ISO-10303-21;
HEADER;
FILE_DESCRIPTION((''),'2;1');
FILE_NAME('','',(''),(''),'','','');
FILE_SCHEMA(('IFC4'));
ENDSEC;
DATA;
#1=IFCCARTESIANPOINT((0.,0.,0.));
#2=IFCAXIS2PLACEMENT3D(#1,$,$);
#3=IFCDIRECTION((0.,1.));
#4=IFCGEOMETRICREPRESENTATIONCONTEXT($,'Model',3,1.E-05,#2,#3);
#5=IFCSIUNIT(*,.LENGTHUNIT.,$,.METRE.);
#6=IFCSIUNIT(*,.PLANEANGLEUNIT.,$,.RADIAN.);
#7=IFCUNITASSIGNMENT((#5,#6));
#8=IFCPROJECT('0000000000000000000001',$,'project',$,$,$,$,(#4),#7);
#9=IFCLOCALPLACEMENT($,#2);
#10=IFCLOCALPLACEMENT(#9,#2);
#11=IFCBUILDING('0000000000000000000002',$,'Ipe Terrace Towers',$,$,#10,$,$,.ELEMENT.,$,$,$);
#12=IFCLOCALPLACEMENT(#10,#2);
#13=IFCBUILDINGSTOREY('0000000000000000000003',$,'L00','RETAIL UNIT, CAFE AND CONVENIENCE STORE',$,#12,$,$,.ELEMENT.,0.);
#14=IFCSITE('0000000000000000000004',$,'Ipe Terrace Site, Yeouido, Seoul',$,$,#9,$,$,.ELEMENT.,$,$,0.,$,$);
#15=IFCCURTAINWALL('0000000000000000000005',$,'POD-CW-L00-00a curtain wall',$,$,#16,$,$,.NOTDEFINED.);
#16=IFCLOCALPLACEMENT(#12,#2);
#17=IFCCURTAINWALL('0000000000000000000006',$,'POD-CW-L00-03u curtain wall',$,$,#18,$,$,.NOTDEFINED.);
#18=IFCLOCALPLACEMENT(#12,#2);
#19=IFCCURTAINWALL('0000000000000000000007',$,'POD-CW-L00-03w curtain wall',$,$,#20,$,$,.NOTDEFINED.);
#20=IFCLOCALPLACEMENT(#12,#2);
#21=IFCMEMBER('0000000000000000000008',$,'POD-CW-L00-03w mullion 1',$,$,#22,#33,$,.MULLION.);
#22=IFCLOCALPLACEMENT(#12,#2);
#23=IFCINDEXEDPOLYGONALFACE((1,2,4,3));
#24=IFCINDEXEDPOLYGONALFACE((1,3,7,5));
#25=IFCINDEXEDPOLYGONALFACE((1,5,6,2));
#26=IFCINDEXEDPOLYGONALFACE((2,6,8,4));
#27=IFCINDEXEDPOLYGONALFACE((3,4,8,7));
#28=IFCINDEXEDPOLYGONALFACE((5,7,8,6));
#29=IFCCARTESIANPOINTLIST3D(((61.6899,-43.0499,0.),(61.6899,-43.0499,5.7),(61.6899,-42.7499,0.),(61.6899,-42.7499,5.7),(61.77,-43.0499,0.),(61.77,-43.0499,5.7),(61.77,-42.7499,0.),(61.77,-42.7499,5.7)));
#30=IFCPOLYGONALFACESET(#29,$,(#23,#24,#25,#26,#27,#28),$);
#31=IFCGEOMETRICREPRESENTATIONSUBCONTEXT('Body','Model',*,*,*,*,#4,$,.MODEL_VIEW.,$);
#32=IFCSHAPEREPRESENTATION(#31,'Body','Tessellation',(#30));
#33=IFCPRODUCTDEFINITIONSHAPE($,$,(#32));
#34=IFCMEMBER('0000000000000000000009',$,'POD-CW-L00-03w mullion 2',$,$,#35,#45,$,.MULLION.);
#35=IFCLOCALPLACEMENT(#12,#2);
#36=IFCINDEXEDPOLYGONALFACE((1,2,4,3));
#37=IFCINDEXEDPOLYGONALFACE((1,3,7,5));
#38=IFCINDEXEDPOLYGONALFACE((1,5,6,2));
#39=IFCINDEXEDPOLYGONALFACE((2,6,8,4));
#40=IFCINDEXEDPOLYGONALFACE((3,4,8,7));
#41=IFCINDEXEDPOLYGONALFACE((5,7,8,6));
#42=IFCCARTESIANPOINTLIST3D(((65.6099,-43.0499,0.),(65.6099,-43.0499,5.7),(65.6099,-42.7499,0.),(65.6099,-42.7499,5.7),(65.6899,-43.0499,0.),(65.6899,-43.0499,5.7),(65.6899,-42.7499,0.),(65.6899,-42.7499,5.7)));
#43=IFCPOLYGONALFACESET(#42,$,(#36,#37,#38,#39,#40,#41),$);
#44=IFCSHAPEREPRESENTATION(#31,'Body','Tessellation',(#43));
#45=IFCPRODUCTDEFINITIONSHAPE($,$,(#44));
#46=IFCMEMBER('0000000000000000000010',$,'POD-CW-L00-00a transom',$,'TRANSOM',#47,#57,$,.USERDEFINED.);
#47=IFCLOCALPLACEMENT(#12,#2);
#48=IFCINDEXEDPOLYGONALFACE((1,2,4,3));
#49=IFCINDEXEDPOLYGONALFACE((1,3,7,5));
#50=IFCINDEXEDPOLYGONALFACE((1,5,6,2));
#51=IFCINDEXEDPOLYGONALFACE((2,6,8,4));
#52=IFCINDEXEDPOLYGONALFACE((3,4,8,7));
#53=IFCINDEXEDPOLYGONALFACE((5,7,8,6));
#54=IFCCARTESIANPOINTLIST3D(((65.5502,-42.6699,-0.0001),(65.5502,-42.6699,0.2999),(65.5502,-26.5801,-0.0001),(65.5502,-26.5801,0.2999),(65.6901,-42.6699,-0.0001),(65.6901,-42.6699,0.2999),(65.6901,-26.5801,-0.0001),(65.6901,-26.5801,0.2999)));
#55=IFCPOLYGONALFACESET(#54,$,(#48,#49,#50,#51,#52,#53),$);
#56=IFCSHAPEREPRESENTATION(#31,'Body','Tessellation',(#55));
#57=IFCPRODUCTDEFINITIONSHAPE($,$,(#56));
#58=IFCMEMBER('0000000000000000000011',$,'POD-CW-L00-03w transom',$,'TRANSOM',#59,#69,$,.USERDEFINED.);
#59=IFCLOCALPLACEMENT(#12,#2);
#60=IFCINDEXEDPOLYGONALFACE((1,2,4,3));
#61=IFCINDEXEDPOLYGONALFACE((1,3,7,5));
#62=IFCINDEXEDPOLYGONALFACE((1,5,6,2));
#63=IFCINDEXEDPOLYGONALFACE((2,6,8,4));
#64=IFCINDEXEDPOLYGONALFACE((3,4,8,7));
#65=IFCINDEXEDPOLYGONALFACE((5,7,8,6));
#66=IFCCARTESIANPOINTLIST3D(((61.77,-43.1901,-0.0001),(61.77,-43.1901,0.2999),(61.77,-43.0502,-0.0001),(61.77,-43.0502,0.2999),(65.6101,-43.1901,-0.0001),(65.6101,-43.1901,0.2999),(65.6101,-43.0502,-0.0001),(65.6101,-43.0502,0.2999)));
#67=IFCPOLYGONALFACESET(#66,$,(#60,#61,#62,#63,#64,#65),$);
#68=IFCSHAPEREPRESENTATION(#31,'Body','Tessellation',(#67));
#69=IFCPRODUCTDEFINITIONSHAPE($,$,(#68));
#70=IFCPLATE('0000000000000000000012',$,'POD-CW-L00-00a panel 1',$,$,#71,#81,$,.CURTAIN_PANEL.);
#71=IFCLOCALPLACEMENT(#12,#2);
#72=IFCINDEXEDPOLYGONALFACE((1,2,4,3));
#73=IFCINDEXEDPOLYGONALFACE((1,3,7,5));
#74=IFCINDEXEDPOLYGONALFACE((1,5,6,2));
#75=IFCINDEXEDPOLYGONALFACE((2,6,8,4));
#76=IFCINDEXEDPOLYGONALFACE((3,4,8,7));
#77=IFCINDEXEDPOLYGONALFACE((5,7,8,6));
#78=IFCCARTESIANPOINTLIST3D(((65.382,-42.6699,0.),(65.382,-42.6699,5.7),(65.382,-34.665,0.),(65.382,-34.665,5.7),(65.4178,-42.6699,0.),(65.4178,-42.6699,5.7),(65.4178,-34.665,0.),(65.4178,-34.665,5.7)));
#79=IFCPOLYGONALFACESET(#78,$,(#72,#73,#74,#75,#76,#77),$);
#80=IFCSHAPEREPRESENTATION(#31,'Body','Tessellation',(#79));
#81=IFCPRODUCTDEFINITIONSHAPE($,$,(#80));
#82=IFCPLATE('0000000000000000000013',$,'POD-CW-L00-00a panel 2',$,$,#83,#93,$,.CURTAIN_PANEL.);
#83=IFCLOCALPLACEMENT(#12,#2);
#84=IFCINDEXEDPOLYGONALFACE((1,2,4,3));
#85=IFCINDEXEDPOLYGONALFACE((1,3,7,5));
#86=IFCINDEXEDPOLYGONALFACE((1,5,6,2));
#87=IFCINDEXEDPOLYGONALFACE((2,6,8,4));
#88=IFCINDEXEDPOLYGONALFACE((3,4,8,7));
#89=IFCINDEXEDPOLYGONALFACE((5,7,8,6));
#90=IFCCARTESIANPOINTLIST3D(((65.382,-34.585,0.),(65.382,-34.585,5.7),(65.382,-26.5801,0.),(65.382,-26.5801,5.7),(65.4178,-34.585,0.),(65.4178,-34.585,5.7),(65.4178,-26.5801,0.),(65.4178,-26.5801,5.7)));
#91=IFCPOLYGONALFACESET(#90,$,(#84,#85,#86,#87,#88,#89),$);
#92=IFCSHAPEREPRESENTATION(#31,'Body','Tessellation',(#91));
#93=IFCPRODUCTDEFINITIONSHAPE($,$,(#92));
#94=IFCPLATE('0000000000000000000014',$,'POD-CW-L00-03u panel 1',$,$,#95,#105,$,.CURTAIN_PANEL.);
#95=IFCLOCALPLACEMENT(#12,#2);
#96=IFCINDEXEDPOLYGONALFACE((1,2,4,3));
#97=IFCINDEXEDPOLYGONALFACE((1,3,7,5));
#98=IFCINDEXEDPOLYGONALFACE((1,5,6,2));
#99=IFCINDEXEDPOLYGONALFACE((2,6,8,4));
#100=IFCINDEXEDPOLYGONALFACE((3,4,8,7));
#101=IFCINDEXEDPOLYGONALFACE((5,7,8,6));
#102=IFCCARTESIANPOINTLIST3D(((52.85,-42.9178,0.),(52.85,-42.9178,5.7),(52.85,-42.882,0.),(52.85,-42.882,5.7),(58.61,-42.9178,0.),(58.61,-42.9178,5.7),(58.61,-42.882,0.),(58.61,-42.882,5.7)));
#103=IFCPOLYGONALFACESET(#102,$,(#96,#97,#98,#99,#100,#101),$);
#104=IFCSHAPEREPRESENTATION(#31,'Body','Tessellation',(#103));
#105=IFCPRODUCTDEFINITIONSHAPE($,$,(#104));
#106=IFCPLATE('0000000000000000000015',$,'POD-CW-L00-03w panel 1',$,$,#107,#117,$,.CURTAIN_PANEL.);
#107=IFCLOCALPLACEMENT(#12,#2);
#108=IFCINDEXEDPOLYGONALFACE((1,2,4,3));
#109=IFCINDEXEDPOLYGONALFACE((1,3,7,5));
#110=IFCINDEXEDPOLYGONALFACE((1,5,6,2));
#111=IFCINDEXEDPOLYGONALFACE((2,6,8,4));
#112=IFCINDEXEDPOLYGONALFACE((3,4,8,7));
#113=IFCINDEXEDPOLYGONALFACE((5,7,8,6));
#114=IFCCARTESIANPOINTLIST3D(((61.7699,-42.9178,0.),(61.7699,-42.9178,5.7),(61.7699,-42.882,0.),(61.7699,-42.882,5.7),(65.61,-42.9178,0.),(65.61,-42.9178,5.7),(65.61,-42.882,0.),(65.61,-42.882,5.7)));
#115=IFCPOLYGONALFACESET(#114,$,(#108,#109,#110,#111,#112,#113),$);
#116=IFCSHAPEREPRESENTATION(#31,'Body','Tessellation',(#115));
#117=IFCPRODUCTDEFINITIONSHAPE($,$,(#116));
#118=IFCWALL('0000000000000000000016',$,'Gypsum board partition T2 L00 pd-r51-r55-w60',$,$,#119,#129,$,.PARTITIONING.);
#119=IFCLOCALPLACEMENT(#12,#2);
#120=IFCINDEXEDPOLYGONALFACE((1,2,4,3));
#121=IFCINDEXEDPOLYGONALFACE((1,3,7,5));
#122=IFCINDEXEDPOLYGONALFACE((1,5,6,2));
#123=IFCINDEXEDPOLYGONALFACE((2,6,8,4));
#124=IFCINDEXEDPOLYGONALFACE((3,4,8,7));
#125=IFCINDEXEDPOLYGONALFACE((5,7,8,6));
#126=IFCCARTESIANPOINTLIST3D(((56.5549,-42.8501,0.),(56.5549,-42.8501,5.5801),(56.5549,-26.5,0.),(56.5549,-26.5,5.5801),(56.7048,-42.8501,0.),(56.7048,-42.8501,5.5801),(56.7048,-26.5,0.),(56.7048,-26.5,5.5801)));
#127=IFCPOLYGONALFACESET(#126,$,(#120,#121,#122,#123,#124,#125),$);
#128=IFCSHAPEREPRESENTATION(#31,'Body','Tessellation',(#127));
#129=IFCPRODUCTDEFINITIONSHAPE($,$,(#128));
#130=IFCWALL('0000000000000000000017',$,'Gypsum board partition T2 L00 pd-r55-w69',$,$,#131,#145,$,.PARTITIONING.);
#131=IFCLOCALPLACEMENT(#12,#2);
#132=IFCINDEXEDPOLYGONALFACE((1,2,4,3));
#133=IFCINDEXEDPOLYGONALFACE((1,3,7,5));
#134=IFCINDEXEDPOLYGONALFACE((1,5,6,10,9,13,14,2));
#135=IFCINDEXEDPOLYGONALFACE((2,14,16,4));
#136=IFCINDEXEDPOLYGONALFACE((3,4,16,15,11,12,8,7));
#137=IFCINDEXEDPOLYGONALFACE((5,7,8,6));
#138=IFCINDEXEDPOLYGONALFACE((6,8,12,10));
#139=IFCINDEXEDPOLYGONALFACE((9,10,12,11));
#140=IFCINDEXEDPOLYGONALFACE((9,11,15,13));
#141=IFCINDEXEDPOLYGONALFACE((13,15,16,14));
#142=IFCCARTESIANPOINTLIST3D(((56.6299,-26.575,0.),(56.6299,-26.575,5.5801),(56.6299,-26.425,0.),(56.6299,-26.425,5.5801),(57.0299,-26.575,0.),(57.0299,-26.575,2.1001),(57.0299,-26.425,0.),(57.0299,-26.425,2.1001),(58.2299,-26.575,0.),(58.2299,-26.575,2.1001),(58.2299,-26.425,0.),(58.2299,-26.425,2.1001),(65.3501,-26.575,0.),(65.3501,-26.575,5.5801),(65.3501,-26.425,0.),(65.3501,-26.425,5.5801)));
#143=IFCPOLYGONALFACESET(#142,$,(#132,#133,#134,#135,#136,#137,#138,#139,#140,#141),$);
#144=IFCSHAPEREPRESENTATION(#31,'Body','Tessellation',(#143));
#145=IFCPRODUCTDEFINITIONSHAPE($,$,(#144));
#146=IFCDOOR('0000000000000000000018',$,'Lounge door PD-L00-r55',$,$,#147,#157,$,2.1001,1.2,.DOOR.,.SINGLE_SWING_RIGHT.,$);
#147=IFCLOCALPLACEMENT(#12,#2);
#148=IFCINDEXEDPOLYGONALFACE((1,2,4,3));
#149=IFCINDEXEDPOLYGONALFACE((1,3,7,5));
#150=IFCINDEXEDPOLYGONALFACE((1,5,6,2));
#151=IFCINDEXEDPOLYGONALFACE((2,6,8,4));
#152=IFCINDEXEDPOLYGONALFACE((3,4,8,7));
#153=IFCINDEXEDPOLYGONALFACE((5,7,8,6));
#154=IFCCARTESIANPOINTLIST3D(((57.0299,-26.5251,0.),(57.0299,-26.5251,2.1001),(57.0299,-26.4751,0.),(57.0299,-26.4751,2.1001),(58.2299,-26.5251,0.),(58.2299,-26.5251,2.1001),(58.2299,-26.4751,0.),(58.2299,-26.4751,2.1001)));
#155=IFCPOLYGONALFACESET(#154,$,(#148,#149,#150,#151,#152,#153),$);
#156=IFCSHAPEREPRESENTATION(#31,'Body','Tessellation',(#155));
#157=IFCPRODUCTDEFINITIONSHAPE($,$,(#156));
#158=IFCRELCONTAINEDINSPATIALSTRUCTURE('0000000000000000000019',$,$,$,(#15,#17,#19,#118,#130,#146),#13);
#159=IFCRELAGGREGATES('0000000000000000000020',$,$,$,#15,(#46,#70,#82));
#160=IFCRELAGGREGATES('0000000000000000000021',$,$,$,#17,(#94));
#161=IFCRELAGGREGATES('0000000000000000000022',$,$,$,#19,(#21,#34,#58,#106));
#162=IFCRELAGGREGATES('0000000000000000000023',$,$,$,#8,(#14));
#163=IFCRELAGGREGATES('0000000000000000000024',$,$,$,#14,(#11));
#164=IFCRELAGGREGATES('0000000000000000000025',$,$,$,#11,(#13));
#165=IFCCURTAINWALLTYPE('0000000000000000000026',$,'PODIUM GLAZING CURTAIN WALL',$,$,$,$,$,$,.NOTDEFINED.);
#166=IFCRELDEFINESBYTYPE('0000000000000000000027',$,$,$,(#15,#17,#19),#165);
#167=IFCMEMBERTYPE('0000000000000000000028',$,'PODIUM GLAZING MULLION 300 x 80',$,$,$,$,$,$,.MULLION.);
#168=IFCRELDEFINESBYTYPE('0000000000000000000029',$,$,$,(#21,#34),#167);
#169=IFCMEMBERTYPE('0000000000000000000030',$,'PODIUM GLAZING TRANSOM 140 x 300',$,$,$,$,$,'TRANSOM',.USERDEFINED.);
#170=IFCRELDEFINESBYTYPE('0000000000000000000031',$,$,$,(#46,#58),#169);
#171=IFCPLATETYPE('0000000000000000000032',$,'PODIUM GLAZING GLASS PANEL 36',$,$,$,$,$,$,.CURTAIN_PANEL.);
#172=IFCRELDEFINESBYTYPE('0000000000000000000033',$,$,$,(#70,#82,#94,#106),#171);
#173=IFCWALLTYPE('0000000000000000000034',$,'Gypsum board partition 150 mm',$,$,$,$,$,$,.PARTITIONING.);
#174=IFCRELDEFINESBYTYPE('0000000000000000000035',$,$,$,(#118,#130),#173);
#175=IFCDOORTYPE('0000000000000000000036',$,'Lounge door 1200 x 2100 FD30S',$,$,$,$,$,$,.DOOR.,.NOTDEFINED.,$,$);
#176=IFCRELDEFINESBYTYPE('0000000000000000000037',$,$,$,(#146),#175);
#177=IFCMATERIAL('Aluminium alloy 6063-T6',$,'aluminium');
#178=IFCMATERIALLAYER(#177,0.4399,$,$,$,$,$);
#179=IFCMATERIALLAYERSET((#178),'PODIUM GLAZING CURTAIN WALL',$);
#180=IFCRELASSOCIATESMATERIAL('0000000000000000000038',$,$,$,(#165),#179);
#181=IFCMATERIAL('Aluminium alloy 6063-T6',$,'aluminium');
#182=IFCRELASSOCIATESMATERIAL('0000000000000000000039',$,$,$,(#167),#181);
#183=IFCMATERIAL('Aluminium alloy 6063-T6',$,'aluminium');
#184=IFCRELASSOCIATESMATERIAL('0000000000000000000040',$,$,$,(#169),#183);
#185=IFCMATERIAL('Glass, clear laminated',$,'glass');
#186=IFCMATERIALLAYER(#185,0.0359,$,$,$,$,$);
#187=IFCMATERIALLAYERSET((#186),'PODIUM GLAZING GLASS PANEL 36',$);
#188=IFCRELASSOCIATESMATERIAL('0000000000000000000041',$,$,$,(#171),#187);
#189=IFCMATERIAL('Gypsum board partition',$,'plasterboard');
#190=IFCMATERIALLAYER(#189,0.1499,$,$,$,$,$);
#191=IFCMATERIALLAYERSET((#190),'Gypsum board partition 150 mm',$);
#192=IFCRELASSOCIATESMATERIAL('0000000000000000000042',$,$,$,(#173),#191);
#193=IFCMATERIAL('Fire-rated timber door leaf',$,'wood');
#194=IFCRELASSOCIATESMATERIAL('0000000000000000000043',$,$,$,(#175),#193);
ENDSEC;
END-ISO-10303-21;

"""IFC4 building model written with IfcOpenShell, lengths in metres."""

from ifc_helpers import new_model, si_unit, direction, frame, frame_2d, origin, origin_2d, place, context, subcontext, project, spatial, rectangle, extrude, material, layer, layer_set, material_profile, profile_set, type_object, element, fill, aggregate, save


model = new_model("IFC4")

# Units and contexts
model_context = context("Model", 3, precision=1e-05, world=origin(), true_north=direction((0.0, 1.0)))
body_context = subcontext(model_context, "Body", "Model", "MODEL_VIEW")
ifc_project = project(units=[si_unit("LENGTHUNIT", "METRE"), si_unit("PLANEANGLEUNIT", "RADIAN")], contexts=[model_context])

# Site, building, storey
site_placement = place(None, origin())
site = spatial("IfcSite", under=ifc_project, at=site_placement, Name="Ipe Terrace Site, Yeouido, Seoul", CompositionType="ELEMENT", RefElevation=0.0)
building_placement = place(site_placement, origin())
building = spatial("IfcBuilding", under=site, at=building_placement, Name="Ipe Terrace Towers", CompositionType="ELEMENT")
storey_placement = place(building_placement, origin())
storey = spatial("IfcBuildingStorey", under=building, at=storey_placement, Name="L00", Description="RETAIL UNIT, CAFE AND CONVENIENCE STORE", CompositionType="ELEMENT", Elevation=0.0)

# Curtain wall
ifc_material_1 = material(Name="Aluminium alloy 6063-T6", Category="aluminium")
ifc_layer_1 = layer(ifc_material_1, 0.4399)
ifc_layer_set_1 = layer_set([ifc_layer_1], Name="PODIUM GLAZING CURTAIN WALL")
curtain_wall_type = type_object("IfcCurtainWallType", Name="PODIUM GLAZING CURTAIN WALL", PredefinedType="NOTDEFINED", material=ifc_layer_set_1)
curtain_wall_1_placement = place(storey_placement, origin())
curtain_wall_1 = element("IfcCurtainWall", 1, at=curtain_wall_1_placement, inside=storey, type_object=curtain_wall_type, Name="POD-CW-L00-00a curtain wall", PredefinedType="NOTDEFINED")
ifc_material_2 = material(Name="Aluminium alloy 6063-T6", Category="aluminium")
ifc_material_profile_1 = material_profile(ifc_material_2, rectangle(XDim=0.3, YDim=0.0801, at=origin_2d()), Name="PODIUM GLAZING MULLION 300 x 80")
ifc_profile_set_1 = profile_set([ifc_material_profile_1], Name="Aluminium alloy 6063-T6")
member_type_1 = type_object("IfcMemberType", Name="PODIUM GLAZING MULLION 300 x 80", PredefinedType="MULLION", material=ifc_profile_set_1)

# Curtain wall
curtain_wall_2_placement = place(storey_placement, origin())
curtain_wall_2 = element("IfcCurtainWall", 2, at=curtain_wall_2_placement, inside=storey, type_object=curtain_wall_type, Name="POD-CW-L00-03u curtain wall", PredefinedType="NOTDEFINED")

# Curtain wall, members
curtain_wall_3_placement = place(storey_placement, origin())
curtain_wall_3 = element("IfcCurtainWall", 3, at=curtain_wall_3_placement, inside=storey, type_object=curtain_wall_type, Name="POD-CW-L00-03w curtain wall", PredefinedType="NOTDEFINED")
member_1_placement = place(storey_placement, frame((61.73, -42.8999, 0.0), z_axis=(0.0, 0.0, 1.0), x_axis=(0.0, -1.0, 0.0)))
member_1 = element("IfcMember", 4, at=member_1_placement, type_object=member_type_1, Name="POD-CW-L00-03w mullion 1", PredefinedType="MULLION", context=body_context, shape_type="SweptSolid", body=[
    extrude(rectangle(XDim=0.3, YDim=0.0801, at=origin_2d()), origin(), (0.0, 0.0, 1.0), 5.7),
])
member_2_placement = place(storey_placement, frame((65.6499, -42.8999, 0.0), z_axis=(0.0, 0.0, 1.0), x_axis=(0.0, -1.0, 0.0)))
member_2 = element("IfcMember", 5, at=member_2_placement, type_object=member_type_1, Name="POD-CW-L00-03w mullion 2", PredefinedType="MULLION", context=body_context, shape_type="SweptSolid", body=[
    extrude(rectangle(XDim=0.3, YDim=0.0801, at=origin_2d()), origin(), (0.0, 0.0, 1.0), 5.7),
])

# Members
ifc_material_3 = material(Name="Aluminium alloy 6063-T6", Category="aluminium")
ifc_material_profile_2 = material_profile(ifc_material_3, rectangle(XDim=0.1399, YDim=0.3, at=origin_2d()), Name="PODIUM GLAZING TRANSOM 140 x 300")
ifc_profile_set_2 = profile_set([ifc_material_profile_2], Name="Aluminium alloy 6063-T6")
member_type_2 = type_object("IfcMemberType", Name="PODIUM GLAZING TRANSOM 140 x 300", ElementType="TRANSOM", PredefinedType="USERDEFINED", material=ifc_profile_set_2)
member_3_placement = place(storey_placement, frame((65.6201, -42.6699, 0.1499), z_axis=(0.0, 1.0, 0.0), x_axis=(1.0, 0.0, 0.0)))
member_3 = element("IfcMember", 6, at=member_3_placement, type_object=member_type_2, Name="POD-CW-L00-00a transom", ObjectType="TRANSOM", PredefinedType="USERDEFINED", context=body_context, shape_type="SweptSolid", body=[
    extrude(rectangle(XDim=0.1399, YDim=0.3, at=origin_2d()), origin(), (0.0, 0.0, 1.0), 16.0898),
])
member_4_placement = place(storey_placement, frame((61.77, -43.1201, 0.1499), z_axis=(1.0, 0.0, 0.0), x_axis=(0.0, -1.0, 0.0)))
member_4 = element("IfcMember", 7, at=member_4_placement, type_object=member_type_2, Name="POD-CW-L00-03w transom", ObjectType="TRANSOM", PredefinedType="USERDEFINED", context=body_context, shape_type="SweptSolid", body=[
    extrude(rectangle(XDim=0.1399, YDim=0.3, at=origin_2d()), origin(), (0.0, 0.0, 1.0), 3.8401),
])

# Plates
ifc_material_4 = material(Name="Glass, clear laminated", Category="glass")
ifc_layer_2 = layer(ifc_material_4, 0.0359)
ifc_layer_set_2 = layer_set([ifc_layer_2], Name="PODIUM GLAZING GLASS PANEL 36")
plate_type = type_object("IfcPlateType", Name="PODIUM GLAZING GLASS PANEL 36", PredefinedType="CURTAIN_PANEL", material=ifc_layer_set_2)
plate_1_placement = place(storey_placement, frame((65.3999, -38.6675, 0.0), z_axis=(0.0, 0.0, 1.0), x_axis=(0.0, 1.0, 0.0)))
plate_1 = element("IfcPlate", 8, at=plate_1_placement, type_object=plate_type, Name="POD-CW-L00-00a panel 1", PredefinedType="CURTAIN_PANEL", context=body_context, shape_type="SweptSolid", body=[
    extrude(rectangle(XDim=8.0049, YDim=0.0359, at=origin_2d()), origin(), (0.0, 0.0, 1.0), 5.7),
])
plate_2_placement = place(storey_placement, frame((65.3999, -30.5825, 0.0), z_axis=(0.0, 0.0, 1.0), x_axis=(0.0, 1.0, 0.0)))
plate_2 = element("IfcPlate", 9, at=plate_2_placement, type_object=plate_type, Name="POD-CW-L00-00a panel 2", PredefinedType="CURTAIN_PANEL", context=body_context, shape_type="SweptSolid", body=[
    extrude(rectangle(XDim=8.0049, YDim=0.0359, at=origin_2d()), origin(), (0.0, 0.0, 1.0), 5.7),
])
aggregate(curtain_wall_1, [member_3, plate_1, plate_2])
plate_3_placement = place(storey_placement, frame((55.73, -42.8999, 0.0), z_axis=(0.0, 0.0, 1.0), x_axis=(1.0, 0.0, 0.0)))
plate_3 = element("IfcPlate", 10, at=plate_3_placement, type_object=plate_type, Name="POD-CW-L00-03u panel 1", PredefinedType="CURTAIN_PANEL", context=body_context, shape_type="SweptSolid", body=[
    extrude(rectangle(XDim=5.76, YDim=0.0359, at=origin_2d()), origin(), (0.0, 0.0, 1.0), 5.7),
])
aggregate(curtain_wall_2, [plate_3])
plate_4_placement = place(storey_placement, frame((63.6899, -42.8999, 0.0), z_axis=(0.0, 0.0, 1.0), x_axis=(1.0, 0.0, 0.0)))
plate_4 = element("IfcPlate", 11, at=plate_4_placement, type_object=plate_type, Name="POD-CW-L00-03w panel 1", PredefinedType="CURTAIN_PANEL", context=body_context, shape_type="SweptSolid", body=[
    extrude(rectangle(XDim=3.8401, YDim=0.0359, at=origin_2d()), origin(), (0.0, 0.0, 1.0), 5.7),
])
aggregate(curtain_wall_3, [member_1, member_2, member_4, plate_4])

# Wall
ifc_material_5 = material(Name="Gypsum board partition", Category="plasterboard")
ifc_layer_3 = layer(ifc_material_5, 0.1499)
ifc_layer_set_3 = layer_set([ifc_layer_3], Name="Gypsum board partition 150 mm")
wall_type_1 = type_object("IfcWallType", Name="Gypsum board partition 150 mm", PredefinedType="PARTITIONING", material=ifc_layer_set_3)
wall_1_placement = place(storey_placement, frame((56.6299, -26.5, 0.0), z_axis=(0.0, 0.0, 1.0), x_axis=(0.0, -1.0, 0.0)))
element("IfcWall", 12, at=wall_1_placement, inside=storey, type_object=wall_type_1, Name="Gypsum board partition T2 L00 pd-r51-r55-w60", PredefinedType="PARTITIONING", context=body_context, shape_type="SweptSolid", body=[
    extrude(rectangle(XDim=16.3501, YDim=0.1499, at=frame_2d((8.175, 0.0))), origin(), (0.0, 0.0, 1.0), 5.5801),
])

# Wall, opening, door
wall_2_placement = place(storey_placement, frame((56.6299, -26.5, 0.0), z_axis=(0.0, 0.0, 1.0), x_axis=(1.0, 0.0, 0.0)))
wall_2 = element("IfcWall", 13, at=wall_2_placement, inside=storey, type_object=wall_type_1, Name="Gypsum board partition T2 L00 pd-r55-w69", PredefinedType="PARTITIONING", context=body_context, shape_type="SweptSolid", body=[
    extrude(rectangle(XDim=8.7202, YDim=0.1499, at=frame_2d((4.3601, 0.0))), origin(), (0.0, 0.0, 1.0), 5.5801),
])
opening_1_placement = place(wall_2_placement, frame((0.3999, 0.0, 0.0)))
opening_1 = element("IfcOpeningElement", 14, at=opening_1_placement, cuts=wall_2, PredefinedType="OPENING", context=body_context, shape_type="SweptSolid", body=[
    extrude(rectangle(XDim=1.2, YDim=2.1001, at=frame_2d((0.6001, 1.05))), frame((0.0, 0.085, 0.0), z_axis=(0.0, -1.0, 0.0), x_axis=(1.0, 0.0, 0.0)), (0.0, 0.0, 1.0), 0.1699),
])
ifc_material_6 = material(Name="Fire-rated timber door leaf", Category="wood")
door_type_1 = type_object("IfcDoorType", Name="Lounge door 1200 x 2100 FD30S", OperationType="NOTDEFINED", PredefinedType="DOOR", material=ifc_material_6)
door_1_placement = place(opening_1_placement, origin())
door_1 = element("IfcDoor", 15, at=door_1_placement, inside=storey, type_object=door_type_1, Name="Lounge door PD-L00-r55", OperationType="SINGLE_SWING_RIGHT", OverallHeight=2.1001, OverallWidth=1.2, PredefinedType="DOOR", context=body_context, shape_type="SweptSolid", body=[
    extrude(rectangle(XDim=1.2, YDim=2.1001, at=frame_2d((0.6001, 1.05))), frame((0.0, 0.0249, 0.0), z_axis=(0.0, -1.0, 0.0), x_axis=(1.0, 0.0, 0.0)), (0.0, 0.0, 1.0), 0.05),
])
fill(opening_1, door_1)

save(model, "model.ifc")
